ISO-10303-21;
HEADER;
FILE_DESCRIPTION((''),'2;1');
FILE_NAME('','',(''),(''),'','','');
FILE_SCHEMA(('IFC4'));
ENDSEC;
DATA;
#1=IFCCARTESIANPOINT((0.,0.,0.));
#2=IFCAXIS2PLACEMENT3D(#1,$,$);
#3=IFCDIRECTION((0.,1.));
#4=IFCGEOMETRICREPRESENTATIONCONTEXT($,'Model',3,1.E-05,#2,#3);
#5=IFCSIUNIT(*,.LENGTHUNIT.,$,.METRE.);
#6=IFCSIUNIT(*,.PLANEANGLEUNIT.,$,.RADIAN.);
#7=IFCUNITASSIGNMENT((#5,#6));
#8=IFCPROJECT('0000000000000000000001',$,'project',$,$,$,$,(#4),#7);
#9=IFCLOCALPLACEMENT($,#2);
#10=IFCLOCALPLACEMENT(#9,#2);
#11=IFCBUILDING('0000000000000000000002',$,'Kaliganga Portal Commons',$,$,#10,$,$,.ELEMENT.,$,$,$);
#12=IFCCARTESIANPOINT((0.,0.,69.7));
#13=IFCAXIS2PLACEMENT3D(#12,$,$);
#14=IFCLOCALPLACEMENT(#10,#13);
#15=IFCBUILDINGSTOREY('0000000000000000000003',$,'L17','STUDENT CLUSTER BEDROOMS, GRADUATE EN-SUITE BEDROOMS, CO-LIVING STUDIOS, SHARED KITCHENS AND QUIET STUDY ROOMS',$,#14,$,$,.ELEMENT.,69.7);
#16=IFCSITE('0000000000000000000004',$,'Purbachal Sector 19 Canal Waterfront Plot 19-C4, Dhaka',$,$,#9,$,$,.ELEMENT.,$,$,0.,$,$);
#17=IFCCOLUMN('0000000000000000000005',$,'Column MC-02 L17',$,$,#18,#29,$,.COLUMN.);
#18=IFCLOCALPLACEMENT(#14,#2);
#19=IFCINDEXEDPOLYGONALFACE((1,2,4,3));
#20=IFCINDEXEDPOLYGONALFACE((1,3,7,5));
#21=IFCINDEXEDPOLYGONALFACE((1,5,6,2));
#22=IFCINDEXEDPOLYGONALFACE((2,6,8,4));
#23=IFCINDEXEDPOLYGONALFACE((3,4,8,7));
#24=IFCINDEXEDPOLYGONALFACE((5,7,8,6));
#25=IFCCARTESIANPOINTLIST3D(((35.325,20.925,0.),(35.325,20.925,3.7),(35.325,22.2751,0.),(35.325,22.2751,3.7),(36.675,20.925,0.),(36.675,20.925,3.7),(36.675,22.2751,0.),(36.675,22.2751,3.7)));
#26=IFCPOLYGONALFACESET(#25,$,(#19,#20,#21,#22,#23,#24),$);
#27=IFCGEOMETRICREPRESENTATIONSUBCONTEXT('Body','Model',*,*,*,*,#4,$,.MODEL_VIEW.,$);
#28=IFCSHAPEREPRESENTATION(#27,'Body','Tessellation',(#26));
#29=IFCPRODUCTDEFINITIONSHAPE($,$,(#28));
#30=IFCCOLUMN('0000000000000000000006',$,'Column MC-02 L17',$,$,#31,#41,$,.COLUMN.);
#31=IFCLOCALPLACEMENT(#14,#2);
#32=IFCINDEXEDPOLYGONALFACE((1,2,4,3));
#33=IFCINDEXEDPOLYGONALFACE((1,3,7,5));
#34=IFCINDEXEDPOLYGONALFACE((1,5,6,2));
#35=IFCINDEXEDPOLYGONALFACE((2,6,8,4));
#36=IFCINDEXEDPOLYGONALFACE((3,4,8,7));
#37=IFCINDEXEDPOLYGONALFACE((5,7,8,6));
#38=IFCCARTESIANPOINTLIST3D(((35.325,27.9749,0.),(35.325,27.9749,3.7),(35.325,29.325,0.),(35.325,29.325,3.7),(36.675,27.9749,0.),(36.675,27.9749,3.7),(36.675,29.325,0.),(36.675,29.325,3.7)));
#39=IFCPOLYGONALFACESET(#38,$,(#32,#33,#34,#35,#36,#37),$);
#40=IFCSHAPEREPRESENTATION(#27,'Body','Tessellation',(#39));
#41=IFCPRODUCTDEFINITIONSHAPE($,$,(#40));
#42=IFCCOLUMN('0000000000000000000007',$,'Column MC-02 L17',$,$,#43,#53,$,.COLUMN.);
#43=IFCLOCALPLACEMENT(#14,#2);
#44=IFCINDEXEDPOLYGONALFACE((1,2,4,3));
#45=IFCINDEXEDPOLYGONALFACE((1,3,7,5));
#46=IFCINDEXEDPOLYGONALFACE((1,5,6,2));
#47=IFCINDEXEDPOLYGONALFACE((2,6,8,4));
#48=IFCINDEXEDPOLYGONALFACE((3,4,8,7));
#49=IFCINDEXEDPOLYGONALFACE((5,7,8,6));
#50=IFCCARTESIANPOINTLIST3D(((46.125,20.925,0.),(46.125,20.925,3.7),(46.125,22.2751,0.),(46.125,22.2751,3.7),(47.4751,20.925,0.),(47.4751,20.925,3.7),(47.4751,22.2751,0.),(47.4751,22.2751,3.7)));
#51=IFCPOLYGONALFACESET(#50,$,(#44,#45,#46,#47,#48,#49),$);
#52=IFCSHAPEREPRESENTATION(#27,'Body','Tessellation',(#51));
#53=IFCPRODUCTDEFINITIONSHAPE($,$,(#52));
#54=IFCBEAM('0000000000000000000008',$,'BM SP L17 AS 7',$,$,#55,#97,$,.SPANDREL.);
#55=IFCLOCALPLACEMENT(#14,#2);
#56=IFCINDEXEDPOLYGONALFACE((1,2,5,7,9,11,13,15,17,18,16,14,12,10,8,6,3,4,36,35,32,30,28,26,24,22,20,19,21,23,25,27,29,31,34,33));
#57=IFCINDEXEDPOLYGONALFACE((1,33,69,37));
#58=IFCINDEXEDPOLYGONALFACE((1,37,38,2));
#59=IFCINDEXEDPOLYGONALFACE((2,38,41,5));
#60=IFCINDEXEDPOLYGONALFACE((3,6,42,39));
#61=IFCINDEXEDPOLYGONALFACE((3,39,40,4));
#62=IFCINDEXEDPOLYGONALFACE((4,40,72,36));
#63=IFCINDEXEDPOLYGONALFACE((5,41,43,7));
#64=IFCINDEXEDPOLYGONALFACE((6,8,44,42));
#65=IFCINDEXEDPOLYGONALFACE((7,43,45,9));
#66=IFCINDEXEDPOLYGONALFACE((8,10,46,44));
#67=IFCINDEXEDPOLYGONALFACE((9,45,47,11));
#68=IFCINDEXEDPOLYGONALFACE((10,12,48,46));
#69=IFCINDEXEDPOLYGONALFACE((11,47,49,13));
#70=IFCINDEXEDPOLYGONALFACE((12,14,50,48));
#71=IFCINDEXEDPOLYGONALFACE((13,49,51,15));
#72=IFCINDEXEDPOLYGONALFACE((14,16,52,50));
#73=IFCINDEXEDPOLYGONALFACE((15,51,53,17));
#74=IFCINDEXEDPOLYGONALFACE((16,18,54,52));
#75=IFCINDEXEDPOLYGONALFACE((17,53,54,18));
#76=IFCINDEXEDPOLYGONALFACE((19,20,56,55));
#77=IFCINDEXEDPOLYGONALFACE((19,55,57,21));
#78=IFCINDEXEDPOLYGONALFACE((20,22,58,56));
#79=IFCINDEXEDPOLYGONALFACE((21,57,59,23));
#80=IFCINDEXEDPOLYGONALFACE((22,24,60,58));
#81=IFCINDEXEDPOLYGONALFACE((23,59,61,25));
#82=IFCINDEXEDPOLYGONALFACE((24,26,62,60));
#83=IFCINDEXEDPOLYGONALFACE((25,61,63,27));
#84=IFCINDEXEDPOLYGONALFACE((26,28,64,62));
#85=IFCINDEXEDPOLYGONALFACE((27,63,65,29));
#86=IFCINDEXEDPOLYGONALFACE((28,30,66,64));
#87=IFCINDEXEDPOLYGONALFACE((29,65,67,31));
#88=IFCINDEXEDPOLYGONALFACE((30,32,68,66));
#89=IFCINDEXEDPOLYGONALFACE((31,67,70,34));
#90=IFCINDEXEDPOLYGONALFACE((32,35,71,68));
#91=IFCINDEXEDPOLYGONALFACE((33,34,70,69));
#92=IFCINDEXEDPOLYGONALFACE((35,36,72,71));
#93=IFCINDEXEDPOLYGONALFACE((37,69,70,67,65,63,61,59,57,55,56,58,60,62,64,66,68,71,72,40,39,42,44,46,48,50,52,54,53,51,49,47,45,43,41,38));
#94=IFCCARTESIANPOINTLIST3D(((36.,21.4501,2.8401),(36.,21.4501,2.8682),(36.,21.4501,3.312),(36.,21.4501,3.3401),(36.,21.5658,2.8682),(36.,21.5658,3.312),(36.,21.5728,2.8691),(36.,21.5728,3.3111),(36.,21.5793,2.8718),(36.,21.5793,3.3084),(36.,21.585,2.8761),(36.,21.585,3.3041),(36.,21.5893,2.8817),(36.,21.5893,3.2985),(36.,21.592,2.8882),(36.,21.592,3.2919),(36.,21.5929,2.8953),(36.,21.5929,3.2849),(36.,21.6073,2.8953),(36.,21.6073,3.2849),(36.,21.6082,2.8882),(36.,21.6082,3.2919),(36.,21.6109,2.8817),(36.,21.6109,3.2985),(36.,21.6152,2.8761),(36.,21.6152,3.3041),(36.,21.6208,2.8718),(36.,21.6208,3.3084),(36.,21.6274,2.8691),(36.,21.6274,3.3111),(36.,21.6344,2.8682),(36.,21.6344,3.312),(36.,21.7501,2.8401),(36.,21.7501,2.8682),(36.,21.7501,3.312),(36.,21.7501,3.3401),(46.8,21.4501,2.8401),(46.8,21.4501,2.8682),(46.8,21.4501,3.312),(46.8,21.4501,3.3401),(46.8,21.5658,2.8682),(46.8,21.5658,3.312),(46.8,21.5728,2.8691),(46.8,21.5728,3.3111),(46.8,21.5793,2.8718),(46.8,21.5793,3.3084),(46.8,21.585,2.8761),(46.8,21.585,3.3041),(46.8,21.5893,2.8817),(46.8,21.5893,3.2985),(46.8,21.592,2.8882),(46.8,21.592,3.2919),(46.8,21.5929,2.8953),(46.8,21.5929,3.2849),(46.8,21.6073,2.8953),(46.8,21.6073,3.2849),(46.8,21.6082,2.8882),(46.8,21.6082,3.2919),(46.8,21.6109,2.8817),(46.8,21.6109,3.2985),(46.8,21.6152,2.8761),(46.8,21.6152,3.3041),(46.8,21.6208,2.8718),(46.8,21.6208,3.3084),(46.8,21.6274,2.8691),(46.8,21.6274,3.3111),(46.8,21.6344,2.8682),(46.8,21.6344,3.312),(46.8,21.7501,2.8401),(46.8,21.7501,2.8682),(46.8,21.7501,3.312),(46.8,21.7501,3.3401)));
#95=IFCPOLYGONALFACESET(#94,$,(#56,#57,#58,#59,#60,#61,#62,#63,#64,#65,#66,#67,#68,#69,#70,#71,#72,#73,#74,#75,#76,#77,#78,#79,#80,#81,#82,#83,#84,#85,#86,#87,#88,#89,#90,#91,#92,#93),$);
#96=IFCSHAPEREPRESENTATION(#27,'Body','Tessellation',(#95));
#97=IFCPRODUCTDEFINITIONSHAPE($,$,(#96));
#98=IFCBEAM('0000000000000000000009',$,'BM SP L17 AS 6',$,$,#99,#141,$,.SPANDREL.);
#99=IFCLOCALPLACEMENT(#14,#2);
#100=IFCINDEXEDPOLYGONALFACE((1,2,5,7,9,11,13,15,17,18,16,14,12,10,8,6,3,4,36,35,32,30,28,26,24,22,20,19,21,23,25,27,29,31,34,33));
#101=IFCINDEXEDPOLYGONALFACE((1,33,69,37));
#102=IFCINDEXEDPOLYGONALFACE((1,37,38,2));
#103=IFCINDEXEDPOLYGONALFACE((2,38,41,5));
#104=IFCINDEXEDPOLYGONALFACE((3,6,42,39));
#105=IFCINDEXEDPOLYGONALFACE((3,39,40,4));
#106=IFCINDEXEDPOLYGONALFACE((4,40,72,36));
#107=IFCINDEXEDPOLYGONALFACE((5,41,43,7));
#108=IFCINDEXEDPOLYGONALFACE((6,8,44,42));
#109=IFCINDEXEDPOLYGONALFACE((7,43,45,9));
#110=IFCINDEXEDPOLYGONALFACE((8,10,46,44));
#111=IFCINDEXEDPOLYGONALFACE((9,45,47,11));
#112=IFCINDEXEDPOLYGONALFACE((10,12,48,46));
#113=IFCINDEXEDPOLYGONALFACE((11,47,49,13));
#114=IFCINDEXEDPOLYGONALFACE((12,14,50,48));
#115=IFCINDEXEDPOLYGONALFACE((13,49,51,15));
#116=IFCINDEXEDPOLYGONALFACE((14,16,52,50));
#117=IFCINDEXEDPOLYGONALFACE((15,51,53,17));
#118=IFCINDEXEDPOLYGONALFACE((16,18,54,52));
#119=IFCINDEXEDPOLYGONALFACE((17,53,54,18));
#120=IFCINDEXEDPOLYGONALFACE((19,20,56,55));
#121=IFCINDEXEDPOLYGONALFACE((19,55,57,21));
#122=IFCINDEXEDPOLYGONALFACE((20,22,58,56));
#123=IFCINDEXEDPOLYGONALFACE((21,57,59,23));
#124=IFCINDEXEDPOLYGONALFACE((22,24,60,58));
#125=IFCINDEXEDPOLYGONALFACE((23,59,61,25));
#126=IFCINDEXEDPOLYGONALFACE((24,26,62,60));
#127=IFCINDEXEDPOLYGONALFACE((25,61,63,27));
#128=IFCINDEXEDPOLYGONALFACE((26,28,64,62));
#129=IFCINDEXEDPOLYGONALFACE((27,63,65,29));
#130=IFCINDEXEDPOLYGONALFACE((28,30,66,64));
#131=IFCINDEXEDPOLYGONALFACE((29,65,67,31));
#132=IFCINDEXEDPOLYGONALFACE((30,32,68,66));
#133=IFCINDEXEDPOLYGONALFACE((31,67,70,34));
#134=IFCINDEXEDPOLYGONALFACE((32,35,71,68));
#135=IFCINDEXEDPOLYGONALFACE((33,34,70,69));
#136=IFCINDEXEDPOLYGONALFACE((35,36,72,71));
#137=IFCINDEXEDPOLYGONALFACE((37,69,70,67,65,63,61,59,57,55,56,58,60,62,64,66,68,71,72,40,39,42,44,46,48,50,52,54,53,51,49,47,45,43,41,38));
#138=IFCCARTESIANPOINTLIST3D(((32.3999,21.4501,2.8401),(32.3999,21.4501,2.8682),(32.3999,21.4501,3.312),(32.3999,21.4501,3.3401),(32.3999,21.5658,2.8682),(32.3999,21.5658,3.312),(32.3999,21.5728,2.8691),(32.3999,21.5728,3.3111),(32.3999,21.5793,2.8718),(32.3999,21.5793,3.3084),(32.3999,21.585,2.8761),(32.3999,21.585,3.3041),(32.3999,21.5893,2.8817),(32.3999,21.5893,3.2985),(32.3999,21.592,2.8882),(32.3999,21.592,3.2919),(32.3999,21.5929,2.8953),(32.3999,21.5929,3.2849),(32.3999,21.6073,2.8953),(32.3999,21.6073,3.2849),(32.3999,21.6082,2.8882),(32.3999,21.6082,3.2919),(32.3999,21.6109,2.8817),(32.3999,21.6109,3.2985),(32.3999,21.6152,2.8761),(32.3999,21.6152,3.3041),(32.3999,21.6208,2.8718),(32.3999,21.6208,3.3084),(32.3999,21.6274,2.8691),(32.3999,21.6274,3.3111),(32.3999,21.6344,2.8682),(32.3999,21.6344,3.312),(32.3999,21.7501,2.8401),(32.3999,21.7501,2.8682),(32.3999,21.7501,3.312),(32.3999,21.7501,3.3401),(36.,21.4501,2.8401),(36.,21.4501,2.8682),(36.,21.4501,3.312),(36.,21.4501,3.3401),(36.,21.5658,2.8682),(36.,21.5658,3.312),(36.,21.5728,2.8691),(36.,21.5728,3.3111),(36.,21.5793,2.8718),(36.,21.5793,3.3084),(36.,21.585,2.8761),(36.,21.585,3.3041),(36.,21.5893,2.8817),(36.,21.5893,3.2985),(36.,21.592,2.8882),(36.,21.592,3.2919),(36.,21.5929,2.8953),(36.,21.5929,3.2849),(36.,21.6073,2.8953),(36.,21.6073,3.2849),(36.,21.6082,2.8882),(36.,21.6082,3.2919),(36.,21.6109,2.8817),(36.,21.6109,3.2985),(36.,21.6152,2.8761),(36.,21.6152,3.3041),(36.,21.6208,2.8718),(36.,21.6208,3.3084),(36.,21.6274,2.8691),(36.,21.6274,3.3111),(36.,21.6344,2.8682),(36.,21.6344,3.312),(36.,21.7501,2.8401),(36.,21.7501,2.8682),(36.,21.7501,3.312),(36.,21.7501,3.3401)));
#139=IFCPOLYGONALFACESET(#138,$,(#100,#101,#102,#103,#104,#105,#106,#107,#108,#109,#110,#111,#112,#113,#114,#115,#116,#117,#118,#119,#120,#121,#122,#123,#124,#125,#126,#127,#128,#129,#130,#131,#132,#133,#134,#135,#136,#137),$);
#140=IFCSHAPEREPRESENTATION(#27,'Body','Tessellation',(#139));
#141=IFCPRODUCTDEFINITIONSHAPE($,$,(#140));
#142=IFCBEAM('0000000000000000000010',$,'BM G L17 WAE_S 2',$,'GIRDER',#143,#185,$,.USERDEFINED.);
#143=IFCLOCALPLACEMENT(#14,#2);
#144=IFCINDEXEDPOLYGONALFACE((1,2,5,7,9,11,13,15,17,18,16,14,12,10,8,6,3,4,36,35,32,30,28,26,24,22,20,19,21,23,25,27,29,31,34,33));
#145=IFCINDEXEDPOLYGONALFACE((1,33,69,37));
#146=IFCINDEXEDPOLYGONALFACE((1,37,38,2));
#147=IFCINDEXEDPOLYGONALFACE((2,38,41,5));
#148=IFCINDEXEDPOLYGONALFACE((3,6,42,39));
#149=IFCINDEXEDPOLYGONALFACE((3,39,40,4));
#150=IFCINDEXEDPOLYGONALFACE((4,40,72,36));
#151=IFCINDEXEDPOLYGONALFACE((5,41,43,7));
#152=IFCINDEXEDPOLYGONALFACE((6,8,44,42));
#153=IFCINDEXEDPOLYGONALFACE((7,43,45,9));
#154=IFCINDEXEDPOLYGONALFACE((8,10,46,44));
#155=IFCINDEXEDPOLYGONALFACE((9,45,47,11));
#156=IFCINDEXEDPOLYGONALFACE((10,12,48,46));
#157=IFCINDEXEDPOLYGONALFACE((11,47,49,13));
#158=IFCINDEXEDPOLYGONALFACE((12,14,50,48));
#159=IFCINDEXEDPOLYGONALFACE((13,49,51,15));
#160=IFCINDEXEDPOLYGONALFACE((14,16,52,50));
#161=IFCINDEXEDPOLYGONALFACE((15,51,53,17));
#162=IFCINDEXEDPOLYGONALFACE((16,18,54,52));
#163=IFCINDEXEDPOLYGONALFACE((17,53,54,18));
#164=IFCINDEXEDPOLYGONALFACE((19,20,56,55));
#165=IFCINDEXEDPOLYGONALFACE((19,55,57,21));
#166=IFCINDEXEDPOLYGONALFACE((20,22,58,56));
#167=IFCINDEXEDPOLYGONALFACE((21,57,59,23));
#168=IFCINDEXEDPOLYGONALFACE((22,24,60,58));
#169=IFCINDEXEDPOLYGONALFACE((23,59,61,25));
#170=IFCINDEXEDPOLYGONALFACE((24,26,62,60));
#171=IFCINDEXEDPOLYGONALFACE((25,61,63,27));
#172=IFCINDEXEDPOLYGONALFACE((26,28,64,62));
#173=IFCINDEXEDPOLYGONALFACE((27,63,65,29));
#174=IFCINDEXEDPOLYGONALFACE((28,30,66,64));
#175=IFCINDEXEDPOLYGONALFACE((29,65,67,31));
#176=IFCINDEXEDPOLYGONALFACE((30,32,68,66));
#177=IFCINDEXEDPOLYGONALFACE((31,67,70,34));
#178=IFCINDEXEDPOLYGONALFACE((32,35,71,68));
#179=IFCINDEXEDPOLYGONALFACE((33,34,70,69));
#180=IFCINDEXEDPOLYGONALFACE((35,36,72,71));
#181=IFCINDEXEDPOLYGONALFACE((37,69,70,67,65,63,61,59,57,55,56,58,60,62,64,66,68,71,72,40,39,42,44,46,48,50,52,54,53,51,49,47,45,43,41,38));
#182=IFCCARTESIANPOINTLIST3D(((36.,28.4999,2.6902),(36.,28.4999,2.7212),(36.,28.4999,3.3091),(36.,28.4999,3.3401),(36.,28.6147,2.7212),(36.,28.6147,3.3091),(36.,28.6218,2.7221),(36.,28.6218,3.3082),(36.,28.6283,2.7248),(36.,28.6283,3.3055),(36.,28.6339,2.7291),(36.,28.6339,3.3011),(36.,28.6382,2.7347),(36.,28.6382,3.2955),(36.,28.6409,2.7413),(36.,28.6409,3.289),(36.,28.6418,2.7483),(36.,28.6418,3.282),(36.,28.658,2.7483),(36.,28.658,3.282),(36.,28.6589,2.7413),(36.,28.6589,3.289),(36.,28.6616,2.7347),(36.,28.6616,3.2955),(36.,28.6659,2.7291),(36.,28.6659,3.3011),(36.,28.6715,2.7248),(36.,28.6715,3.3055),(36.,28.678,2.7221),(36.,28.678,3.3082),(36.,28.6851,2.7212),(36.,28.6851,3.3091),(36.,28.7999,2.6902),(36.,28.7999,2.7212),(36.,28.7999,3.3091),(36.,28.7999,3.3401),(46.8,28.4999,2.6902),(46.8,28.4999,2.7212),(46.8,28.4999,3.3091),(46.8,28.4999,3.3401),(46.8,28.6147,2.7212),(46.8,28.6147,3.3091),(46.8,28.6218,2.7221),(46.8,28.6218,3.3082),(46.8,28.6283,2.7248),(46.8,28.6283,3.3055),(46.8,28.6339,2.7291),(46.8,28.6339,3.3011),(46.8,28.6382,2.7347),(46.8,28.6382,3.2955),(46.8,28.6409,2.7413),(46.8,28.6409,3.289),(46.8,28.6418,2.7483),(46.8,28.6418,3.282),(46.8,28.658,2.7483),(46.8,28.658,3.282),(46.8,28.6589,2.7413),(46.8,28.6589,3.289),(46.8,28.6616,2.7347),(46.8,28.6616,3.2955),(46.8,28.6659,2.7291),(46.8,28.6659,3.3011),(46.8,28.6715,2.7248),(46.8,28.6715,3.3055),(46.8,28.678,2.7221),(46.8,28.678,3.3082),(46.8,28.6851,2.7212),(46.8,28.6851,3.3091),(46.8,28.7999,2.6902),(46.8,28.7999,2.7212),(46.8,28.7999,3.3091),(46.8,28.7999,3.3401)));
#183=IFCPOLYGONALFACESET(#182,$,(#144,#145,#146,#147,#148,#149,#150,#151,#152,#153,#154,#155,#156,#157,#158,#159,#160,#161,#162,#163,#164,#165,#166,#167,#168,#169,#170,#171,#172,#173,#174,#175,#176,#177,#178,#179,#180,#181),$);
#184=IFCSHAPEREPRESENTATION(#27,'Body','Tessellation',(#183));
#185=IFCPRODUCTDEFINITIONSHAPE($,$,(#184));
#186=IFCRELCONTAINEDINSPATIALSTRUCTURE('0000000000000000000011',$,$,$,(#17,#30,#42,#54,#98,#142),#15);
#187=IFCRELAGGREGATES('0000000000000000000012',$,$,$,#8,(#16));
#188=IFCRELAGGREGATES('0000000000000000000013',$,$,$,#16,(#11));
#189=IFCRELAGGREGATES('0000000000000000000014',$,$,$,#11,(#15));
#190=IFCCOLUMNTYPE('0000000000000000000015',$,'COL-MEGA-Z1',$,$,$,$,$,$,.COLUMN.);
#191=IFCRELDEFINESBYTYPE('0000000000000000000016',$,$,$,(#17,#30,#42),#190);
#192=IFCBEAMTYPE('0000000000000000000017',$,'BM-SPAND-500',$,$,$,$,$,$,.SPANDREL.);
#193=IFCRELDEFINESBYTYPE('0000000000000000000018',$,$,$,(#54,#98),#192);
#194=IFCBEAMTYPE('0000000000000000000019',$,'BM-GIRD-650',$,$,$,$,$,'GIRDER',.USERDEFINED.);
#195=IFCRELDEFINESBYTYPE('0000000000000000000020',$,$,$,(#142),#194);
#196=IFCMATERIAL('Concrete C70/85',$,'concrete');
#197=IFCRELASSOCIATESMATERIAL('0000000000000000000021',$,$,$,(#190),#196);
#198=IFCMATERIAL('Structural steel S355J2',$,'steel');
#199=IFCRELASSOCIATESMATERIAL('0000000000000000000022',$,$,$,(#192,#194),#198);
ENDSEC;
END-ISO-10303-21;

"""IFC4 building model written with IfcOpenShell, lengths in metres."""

from ifc_helpers import new_model, si_unit, direction, frame, origin, origin_2d, place, context, subcontext, project, spatial, rectangle, i_section, extrude, source, transform, mapped, material, material_profile, profile_set, type_object, element, save


model = new_model("IFC4")

# Units and contexts
model_context = context("Model", 3, precision=1e-05, world=origin(), true_north=direction((0.0, 1.0)))
body_context = subcontext(model_context, "Body", "Model", "MODEL_VIEW")
ifc_project = project(units=[si_unit("LENGTHUNIT", "METRE"), si_unit("PLANEANGLEUNIT", "RADIAN")], contexts=[model_context])

# Site, building, storey
site_placement = place(None, origin())
site = spatial("IfcSite", under=ifc_project, at=site_placement, Name="Purbachal Sector 19 Canal Waterfront Plot 19-C4, Dhaka", CompositionType="ELEMENT", RefElevation=0.0)
building_placement = place(site_placement, origin())
building = spatial("IfcBuilding", under=site, at=building_placement, Name="Kaliganga Portal Commons", CompositionType="ELEMENT")
storey_placement = place(building_placement, frame((0.0, 0.0, 69.7)))
storey = spatial("IfcBuildingStorey", under=building, at=storey_placement, Name="L17", Description="STUDENT CLUSTER BEDROOMS, GRADUATE EN-SUITE BEDROOMS, CO-LIVING STUDIOS, SHARED KITCHENS AND QUIET STUDY ROOMS", CompositionType="ELEMENT", Elevation=69.7)

# Columns
ifc_material_1 = material(Name="Concrete C70/85", Category="concrete")
ifc_material_profile_1 = material_profile(ifc_material_1, rectangle(XDim=1.3501, YDim=1.3501, at=origin_2d()), Name="RC 1350x1350")
ifc_profile_set_1 = profile_set([ifc_material_profile_1], Name="Concrete C70/85")
column_type = type_object("IfcColumnType", Name="COL-MEGA-Z1", PredefinedType="COLUMN", material=ifc_profile_set_1)
shared_shape_1 = source(origin(), body_context, "Body", "SweptSolid", [
    extrude(rectangle(XDim=1.3501, YDim=1.3501, at=origin_2d()), origin(), (0.0, 0.0, 1.0), 3.7),
])
for number, where, z_axis, x_axis, name in (
    (1, (36.0, 21.6001, 0.0), (0.0, 0.0, 1.0), (1.0, 0.0, 0.0), "Column MC-02 L17"),
    (2, (36.0, 28.6499, 0.0), (0.0, 0.0, 1.0), (1.0, 0.0, 0.0), "Column MC-02 L17"),
    (3, (46.8, 21.6001, 0.0), (0.0, 0.0, 1.0), (1.0, 0.0, 0.0), "Column MC-02 L17"),
):
    element("IfcColumn", number, at=place(storey_placement, frame(where, z_axis=z_axis, x_axis=x_axis)), inside=storey, type_object=column_type, Name=name, PredefinedType="COLUMN", context=body_context, shape_type="MappedRepresentation", body=[
        mapped(shared_shape_1, transform((0.0, 0.0, 0.0), x_axis=(1.0, 0.0, 0.0), y_axis=(0.0, 1.0, 0.0), z_axis=(0.0, 0.0, 1.0), scale=1.0)),
    ])

# Beams
ifc_material_2 = material(Name="Structural steel S355J2", Category="steel")
ifc_material_profile_2 = material_profile(ifc_material_2, i_section(OverallWidth=0.3, OverallDepth=0.5, WebThickness=0.0144, FlangeThickness=0.0281, FilletRadius=0.0271, at=origin_2d()), Name="HE 500 B")
ifc_profile_set_2 = profile_set([ifc_material_profile_2], Name="Structural steel S355J2 wide-flange")
beam_type_1 = type_object("IfcBeamType", Name="BM-SPAND-500", PredefinedType="SPANDREL", material=ifc_profile_set_2)
shared_shape_2 = source(origin(), body_context, "Body", "SweptSolid", [
    extrude(i_section(OverallWidth=0.3, OverallDepth=0.5, WebThickness=0.0144, FlangeThickness=0.0281, FilletRadius=0.0271, at=origin_2d()), origin(), (0.0, 0.0, 1.0), 10.8),
])
beam_1_placement = place(storey_placement, frame((36.0, 21.6001, 3.0901), z_axis=(1.0, 0.0, 0.0), x_axis=(0.0, 1.0, 0.0)))
element("IfcBeam", 4, at=beam_1_placement, inside=storey, type_object=beam_type_1, Name="BM SP L17 AS 7", PredefinedType="SPANDREL", context=body_context, shape_type="MappedRepresentation", body=[
    mapped(shared_shape_2, transform((0.0, 0.0, 0.0), x_axis=(1.0, 0.0, 0.0), y_axis=(0.0, 1.0, 0.0), z_axis=(0.0, 0.0, 1.0), scale=1.0)),
])
shared_shape_3 = source(origin(), body_context, "Body", "SweptSolid", [
    extrude(i_section(OverallWidth=0.3, OverallDepth=0.5, WebThickness=0.0144, FlangeThickness=0.0281, FilletRadius=0.0271, at=origin_2d()), origin(), (0.0, 0.0, 1.0), 3.6001),
])
beam_2_placement = place(storey_placement, frame((32.3999, 21.6001, 3.0901), z_axis=(1.0, 0.0, 0.0), x_axis=(0.0, 1.0, 0.0)))
element("IfcBeam", 5, at=beam_2_placement, inside=storey, type_object=beam_type_1, Name="BM SP L17 AS 6", PredefinedType="SPANDREL", context=body_context, shape_type="MappedRepresentation", body=[
    mapped(shared_shape_3, transform((0.0, 0.0, 0.0), x_axis=(1.0, 0.0, 0.0), y_axis=(0.0, 1.0, 0.0), z_axis=(0.0, 0.0, 1.0), scale=1.0)),
])
ifc_material_profile_3 = material_profile(ifc_material_2, i_section(OverallWidth=0.3, OverallDepth=0.6499, WebThickness=0.0161, FlangeThickness=0.031, FilletRadius=0.0271, at=origin_2d()), Name="HE 650 B")
ifc_profile_set_3 = profile_set([ifc_material_profile_3], Name="Structural steel S355J2 wide-flange")
beam_type_2 = type_object("IfcBeamType", Name="BM-GIRD-650", ElementType="GIRDER", PredefinedType="USERDEFINED", material=ifc_profile_set_3)
shared_shape_4 = source(origin(), body_context, "Body", "SweptSolid", [
    extrude(i_section(OverallWidth=0.3, OverallDepth=0.6499, WebThickness=0.0161, FlangeThickness=0.031, FilletRadius=0.0271, at=origin_2d()), origin(), (0.0, 0.0, 1.0), 10.8),
])
beam_3_placement = place(storey_placement, frame((36.0, 28.6499, 3.0151), z_axis=(1.0, 0.0, 0.0), x_axis=(0.0, 1.0, 0.0)))
element("IfcBeam", 6, at=beam_3_placement, inside=storey, type_object=beam_type_2, Name="BM G L17 WAE_S 2", ObjectType="GIRDER", PredefinedType="USERDEFINED", context=body_context, shape_type="MappedRepresentation", body=[
    mapped(shared_shape_4, transform((0.0, 0.0, 0.0), x_axis=(1.0, 0.0, 0.0), y_axis=(0.0, 1.0, 0.0), z_axis=(0.0, 0.0, 1.0), scale=1.0)),
])

save(model, "model.ifc")
